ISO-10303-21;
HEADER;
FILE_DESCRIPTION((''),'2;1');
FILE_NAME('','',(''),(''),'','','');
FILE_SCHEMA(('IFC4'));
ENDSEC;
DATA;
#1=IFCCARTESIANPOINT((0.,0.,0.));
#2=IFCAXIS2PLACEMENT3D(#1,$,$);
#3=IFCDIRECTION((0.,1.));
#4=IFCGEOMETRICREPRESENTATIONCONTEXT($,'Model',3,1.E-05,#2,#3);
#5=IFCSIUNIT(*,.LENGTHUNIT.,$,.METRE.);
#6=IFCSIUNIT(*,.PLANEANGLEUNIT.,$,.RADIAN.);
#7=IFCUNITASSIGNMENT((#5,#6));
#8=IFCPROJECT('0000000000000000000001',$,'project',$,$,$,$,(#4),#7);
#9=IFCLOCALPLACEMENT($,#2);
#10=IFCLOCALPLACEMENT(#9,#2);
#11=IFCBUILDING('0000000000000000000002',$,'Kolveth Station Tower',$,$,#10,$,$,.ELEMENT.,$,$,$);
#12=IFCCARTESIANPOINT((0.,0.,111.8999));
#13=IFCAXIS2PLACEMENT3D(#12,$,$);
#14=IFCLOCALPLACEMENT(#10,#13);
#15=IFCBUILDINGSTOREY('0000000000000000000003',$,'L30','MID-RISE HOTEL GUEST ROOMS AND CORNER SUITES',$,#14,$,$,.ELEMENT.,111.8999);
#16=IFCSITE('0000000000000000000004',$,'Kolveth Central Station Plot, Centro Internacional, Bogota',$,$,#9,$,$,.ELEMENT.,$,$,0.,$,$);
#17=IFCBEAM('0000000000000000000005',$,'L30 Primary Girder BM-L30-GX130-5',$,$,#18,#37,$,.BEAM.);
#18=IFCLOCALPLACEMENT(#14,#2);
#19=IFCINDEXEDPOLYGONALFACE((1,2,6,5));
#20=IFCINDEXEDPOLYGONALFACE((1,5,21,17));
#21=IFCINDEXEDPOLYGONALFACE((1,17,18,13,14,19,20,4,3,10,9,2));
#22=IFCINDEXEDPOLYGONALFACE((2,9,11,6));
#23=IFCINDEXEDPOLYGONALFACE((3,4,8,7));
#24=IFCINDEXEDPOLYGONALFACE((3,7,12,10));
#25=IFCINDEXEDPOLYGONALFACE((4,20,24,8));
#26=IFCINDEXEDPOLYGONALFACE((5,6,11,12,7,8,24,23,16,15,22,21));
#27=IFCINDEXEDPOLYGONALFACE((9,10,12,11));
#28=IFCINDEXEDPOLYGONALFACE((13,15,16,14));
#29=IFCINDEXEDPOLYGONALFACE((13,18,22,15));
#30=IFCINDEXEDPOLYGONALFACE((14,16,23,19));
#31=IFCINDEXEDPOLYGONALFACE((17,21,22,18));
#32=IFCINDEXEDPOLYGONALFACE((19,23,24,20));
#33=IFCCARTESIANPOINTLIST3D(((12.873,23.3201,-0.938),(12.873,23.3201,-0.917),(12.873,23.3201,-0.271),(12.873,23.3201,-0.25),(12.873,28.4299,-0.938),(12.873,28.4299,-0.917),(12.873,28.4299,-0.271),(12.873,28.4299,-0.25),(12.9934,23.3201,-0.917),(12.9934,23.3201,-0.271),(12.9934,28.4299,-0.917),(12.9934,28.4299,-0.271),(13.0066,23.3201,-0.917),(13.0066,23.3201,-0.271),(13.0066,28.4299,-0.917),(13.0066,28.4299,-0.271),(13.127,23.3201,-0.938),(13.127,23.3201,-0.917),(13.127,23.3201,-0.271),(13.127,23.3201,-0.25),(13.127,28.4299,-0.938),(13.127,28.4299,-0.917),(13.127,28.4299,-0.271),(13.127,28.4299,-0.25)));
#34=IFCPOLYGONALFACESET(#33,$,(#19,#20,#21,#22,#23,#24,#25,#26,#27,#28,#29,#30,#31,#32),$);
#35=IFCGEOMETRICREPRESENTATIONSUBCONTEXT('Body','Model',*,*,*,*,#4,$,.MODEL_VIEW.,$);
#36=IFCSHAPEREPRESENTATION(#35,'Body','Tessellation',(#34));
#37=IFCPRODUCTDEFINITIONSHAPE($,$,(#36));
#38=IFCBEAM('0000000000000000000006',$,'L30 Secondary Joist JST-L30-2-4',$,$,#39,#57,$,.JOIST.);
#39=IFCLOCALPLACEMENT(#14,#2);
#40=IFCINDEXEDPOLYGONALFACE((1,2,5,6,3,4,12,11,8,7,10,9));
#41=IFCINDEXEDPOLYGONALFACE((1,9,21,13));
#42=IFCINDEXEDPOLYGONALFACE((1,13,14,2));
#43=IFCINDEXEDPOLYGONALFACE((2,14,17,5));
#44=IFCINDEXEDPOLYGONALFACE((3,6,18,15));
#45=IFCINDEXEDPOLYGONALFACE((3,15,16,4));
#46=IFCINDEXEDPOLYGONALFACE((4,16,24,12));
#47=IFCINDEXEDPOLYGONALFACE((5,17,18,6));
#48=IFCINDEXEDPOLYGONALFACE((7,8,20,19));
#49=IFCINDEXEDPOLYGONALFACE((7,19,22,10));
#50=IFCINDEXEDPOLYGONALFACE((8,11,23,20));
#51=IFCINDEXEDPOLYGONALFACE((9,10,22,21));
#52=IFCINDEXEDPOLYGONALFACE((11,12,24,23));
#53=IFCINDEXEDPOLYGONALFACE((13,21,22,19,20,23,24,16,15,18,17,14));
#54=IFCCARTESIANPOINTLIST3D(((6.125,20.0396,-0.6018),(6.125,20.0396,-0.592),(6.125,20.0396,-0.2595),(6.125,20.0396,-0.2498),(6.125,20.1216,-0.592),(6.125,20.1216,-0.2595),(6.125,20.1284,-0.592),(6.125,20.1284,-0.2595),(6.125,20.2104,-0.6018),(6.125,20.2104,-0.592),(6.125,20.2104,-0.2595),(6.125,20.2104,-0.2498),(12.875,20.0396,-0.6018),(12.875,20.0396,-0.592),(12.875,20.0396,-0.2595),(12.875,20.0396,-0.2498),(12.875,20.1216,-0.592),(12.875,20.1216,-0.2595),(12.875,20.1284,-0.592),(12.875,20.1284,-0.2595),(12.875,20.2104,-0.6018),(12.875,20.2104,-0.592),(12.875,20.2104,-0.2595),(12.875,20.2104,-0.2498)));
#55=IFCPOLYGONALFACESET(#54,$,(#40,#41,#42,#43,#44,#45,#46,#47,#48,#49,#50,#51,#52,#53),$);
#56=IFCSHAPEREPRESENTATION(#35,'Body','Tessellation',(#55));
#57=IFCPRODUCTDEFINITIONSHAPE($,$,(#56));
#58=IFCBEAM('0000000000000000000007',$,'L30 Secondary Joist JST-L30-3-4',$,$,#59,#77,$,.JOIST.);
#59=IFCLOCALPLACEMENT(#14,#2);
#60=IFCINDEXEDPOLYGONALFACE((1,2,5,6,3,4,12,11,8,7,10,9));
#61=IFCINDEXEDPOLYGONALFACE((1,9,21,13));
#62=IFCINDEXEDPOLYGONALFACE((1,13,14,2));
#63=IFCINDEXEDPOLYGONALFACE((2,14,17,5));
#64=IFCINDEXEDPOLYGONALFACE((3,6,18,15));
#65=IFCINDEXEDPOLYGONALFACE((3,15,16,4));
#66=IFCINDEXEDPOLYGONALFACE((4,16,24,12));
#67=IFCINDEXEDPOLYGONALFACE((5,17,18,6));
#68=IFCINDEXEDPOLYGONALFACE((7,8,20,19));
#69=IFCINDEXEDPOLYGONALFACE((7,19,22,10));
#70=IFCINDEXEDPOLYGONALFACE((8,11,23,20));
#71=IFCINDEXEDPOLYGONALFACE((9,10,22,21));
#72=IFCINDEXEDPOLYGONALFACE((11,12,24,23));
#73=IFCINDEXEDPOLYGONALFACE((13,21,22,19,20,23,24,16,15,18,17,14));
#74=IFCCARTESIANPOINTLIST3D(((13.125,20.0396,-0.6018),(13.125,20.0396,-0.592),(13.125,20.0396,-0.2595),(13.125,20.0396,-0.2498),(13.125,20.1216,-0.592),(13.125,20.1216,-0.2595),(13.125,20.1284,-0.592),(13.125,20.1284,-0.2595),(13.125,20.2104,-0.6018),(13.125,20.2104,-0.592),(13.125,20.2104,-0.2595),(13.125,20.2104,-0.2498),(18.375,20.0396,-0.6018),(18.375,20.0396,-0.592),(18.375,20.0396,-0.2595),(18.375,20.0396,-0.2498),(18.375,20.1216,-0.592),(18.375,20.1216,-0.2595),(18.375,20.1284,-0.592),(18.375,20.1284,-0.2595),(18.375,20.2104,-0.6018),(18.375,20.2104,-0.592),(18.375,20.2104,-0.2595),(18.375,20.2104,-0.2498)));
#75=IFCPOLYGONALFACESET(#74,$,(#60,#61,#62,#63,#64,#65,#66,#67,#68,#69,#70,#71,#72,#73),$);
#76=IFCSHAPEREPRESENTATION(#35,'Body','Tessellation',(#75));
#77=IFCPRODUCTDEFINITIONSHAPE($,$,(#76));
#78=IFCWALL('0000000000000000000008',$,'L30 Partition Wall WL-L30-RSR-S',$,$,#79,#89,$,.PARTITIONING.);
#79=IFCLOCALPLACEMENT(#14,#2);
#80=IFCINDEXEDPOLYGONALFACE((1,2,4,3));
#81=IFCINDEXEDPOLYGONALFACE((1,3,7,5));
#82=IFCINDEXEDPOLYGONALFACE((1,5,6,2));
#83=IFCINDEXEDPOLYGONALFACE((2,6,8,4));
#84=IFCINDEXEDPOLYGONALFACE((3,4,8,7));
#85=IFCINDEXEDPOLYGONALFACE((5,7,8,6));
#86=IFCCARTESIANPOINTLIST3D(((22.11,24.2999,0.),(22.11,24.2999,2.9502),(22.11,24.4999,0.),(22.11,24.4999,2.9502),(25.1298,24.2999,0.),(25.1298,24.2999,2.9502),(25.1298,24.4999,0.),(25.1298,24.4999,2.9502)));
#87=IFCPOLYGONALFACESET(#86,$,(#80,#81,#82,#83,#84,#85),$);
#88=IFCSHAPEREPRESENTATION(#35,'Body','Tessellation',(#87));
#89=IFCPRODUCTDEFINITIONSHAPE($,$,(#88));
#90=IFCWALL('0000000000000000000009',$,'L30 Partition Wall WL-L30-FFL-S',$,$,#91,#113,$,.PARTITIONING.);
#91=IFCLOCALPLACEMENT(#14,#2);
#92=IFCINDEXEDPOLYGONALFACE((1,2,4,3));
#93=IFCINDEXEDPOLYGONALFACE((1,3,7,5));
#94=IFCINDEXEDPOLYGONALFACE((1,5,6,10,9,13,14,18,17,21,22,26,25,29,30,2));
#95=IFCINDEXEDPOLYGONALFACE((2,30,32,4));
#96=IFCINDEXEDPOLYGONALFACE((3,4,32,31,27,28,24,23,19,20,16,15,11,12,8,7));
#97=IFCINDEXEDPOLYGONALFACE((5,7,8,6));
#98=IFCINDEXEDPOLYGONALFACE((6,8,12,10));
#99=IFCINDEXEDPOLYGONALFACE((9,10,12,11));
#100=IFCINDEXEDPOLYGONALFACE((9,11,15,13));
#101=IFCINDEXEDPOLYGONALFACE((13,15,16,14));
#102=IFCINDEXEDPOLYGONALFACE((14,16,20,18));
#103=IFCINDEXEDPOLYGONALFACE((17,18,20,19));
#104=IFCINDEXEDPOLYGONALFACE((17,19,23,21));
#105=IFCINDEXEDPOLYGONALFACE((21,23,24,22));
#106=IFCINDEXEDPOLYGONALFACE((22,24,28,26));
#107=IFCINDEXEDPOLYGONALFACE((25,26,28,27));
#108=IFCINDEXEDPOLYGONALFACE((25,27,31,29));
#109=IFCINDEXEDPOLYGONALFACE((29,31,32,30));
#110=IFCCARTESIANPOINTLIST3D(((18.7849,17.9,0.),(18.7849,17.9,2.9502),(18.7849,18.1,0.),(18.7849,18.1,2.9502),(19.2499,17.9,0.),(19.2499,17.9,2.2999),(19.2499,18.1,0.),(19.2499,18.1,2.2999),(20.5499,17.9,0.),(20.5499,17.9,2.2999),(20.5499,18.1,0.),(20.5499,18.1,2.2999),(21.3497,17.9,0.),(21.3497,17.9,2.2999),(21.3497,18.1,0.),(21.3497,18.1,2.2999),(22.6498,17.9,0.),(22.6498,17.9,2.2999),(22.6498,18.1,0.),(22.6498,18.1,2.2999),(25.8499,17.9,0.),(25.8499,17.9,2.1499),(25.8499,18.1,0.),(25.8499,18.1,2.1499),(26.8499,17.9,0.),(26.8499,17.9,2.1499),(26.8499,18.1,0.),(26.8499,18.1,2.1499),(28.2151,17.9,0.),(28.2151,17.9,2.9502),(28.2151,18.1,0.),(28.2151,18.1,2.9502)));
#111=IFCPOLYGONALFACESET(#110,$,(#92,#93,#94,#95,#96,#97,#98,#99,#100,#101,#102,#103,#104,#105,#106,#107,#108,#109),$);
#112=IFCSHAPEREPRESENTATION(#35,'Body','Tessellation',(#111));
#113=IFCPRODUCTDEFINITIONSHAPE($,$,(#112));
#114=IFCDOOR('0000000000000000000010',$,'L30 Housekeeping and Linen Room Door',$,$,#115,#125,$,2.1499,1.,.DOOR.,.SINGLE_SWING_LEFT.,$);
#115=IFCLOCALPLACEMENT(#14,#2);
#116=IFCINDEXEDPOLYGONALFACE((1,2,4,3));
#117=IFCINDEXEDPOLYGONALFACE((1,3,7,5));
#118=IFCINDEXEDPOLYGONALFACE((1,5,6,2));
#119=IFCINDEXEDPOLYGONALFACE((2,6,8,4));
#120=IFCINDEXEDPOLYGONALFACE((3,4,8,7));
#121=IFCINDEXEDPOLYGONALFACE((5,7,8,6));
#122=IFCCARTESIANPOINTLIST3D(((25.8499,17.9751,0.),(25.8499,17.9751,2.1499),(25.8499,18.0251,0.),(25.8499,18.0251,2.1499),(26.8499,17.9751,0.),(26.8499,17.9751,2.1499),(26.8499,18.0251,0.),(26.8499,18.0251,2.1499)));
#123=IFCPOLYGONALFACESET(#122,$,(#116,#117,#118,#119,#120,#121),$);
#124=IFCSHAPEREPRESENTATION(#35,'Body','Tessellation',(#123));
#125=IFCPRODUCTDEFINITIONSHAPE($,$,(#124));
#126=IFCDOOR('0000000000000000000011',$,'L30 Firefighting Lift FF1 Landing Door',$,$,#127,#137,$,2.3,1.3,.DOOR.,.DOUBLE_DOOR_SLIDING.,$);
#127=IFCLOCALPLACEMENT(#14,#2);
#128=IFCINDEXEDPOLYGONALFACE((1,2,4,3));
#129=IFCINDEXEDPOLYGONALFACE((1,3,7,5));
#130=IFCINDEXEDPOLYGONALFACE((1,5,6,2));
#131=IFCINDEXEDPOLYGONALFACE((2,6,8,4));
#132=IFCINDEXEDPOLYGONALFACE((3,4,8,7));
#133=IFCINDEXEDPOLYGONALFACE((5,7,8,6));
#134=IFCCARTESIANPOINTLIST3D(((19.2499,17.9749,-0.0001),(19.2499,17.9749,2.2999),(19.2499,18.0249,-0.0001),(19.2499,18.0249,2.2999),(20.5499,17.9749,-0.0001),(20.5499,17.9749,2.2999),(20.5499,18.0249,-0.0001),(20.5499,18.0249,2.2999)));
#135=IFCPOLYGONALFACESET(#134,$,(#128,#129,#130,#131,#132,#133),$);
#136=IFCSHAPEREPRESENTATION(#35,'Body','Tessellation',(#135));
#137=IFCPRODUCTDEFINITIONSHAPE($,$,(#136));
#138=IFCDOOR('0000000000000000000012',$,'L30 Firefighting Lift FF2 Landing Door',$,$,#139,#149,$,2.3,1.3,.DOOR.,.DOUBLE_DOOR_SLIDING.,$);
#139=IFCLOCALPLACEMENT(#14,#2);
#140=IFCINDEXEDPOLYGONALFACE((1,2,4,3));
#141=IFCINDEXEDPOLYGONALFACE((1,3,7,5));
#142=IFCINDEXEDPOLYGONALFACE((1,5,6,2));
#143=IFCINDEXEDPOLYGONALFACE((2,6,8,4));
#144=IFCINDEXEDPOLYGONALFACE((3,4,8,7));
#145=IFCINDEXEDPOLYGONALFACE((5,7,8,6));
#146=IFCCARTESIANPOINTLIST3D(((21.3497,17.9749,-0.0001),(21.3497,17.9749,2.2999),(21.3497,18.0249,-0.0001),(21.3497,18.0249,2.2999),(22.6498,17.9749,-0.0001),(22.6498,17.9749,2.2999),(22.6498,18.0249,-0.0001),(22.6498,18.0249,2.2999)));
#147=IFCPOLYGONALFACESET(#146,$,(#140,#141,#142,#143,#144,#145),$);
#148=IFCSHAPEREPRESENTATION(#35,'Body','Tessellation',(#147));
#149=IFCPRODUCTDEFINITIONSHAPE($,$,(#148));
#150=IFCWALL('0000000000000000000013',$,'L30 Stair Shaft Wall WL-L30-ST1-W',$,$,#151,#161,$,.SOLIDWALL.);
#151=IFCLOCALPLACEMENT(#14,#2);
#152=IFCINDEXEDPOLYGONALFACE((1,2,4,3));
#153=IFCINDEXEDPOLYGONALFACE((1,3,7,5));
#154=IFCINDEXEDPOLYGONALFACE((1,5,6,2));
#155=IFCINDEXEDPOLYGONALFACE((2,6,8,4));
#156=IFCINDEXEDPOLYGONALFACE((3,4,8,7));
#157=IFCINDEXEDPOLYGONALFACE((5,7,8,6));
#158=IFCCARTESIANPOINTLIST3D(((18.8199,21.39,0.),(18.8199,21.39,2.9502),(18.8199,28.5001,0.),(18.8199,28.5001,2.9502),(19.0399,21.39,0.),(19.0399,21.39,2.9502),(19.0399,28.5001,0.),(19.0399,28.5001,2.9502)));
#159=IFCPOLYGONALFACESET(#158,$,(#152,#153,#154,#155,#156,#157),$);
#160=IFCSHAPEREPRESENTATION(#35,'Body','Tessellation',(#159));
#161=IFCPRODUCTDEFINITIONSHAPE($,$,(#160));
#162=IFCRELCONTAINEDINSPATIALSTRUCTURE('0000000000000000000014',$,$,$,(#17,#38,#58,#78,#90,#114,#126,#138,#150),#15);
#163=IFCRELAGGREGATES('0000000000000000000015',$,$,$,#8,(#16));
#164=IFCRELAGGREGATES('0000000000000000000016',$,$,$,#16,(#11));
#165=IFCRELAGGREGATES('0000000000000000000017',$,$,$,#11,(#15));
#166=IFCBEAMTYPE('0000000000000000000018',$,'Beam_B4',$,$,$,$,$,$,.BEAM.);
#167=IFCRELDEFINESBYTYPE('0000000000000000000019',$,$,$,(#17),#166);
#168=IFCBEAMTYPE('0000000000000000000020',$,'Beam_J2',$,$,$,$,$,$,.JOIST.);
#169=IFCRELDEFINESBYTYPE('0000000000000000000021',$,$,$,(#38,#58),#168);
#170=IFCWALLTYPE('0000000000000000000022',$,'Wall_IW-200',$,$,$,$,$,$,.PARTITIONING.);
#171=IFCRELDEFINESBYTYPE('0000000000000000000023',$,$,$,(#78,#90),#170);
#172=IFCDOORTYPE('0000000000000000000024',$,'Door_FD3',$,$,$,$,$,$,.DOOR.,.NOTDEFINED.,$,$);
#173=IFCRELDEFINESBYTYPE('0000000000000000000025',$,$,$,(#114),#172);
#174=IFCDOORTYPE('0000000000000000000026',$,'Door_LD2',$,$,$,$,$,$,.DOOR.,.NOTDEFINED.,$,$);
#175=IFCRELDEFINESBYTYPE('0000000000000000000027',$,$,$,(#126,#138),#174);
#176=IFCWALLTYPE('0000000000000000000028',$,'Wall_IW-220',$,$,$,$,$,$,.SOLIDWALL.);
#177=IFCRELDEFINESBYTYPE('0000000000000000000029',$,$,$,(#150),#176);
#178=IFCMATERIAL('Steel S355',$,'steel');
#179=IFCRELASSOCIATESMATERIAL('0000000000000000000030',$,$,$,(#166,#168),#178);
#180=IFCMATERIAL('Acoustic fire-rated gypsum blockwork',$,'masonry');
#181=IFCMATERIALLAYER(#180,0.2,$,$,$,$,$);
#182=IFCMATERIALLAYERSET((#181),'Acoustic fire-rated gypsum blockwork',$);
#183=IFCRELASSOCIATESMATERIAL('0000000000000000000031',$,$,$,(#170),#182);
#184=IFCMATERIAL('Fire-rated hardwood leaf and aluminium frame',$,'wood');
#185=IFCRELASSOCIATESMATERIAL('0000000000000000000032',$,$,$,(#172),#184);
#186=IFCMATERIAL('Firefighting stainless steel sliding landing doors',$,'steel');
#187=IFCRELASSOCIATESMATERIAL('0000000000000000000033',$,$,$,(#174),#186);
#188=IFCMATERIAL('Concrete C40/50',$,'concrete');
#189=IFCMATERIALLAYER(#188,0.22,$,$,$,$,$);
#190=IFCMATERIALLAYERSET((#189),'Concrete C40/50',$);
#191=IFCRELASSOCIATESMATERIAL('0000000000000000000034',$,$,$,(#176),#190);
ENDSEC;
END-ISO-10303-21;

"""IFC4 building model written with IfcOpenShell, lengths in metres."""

from ifc_helpers import new_model, si_unit, direction, frame, frame_2d, origin, origin_2d, place, context, subcontext, project, spatial, rectangle, i_section, extrude, source, transform, mapped, material, layer, layer_set, material_profile, profile_set, type_object, element, fill, save


model = new_model("IFC4")

# Units and contexts
model_context = context("Model", 3, precision=1e-05, world=origin(), true_north=direction((0.0, 1.0)))
body_context = subcontext(model_context, "Body", "Model", "MODEL_VIEW")
ifc_project = project(units=[si_unit("LENGTHUNIT", "METRE"), si_unit("PLANEANGLEUNIT", "RADIAN")], contexts=[model_context])

# Site, building, storey
site_placement = place(None, origin())
site = spatial("IfcSite", under=ifc_project, at=site_placement, Name="Kolveth Central Station Plot, Centro Internacional, Bogota", CompositionType="ELEMENT", RefElevation=0.0)
building_placement = place(site_placement, origin())
building = spatial("IfcBuilding", under=site, at=building_placement, Name="Kolveth Station Tower", CompositionType="ELEMENT")
storey_placement = place(building_placement, frame((0.0, 0.0, 111.8999)))
storey = spatial("IfcBuildingStorey", under=building, at=storey_placement, Name="L30", Description="MID-RISE HOTEL GUEST ROOMS AND CORNER SUITES", CompositionType="ELEMENT", Elevation=111.8999)

# Shared definitions
ifc_material_1 = material(Name="Steel S355", Category="steel")

# Beams
ifc_material_profile_1 = material_profile(ifc_material_1, i_section(OverallWidth=0.2539, OverallDepth=0.688, WebThickness=0.0132, FlangeThickness=0.021, at=origin_2d()), Name="W690x152")
ifc_profile_set_1 = profile_set([ifc_material_profile_1], Name="Steel S355")
beam_type_1 = type_object("IfcBeamType", Name="Beam_B4", PredefinedType="BEAM", material=ifc_profile_set_1)
shared_shape_1 = source(origin(), body_context, "Body", "SweptSolid", [
    extrude(i_section(OverallWidth=0.2539, OverallDepth=0.688, WebThickness=0.0132, FlangeThickness=0.021, at=origin_2d()), origin(), (0.0, 0.0, 1.0), 5.1099),
])
for number, where, z_axis, x_axis, name in (
    (1, (13.0, 23.3201, -0.594), (0.0, 1.0, 0.0), (-1.0, 0.0, 0.0), "L30 Primary Girder BM-L30-GX130-5"),
):
    element("IfcBeam", number, at=place(storey_placement, frame(where, z_axis=z_axis, x_axis=x_axis)), inside=storey, type_object=beam_type_1, Name=name, PredefinedType="BEAM", context=body_context, shape_type="MappedRepresentation", body=[
        mapped(shared_shape_1, transform((0.0, 0.0, 0.0), x_axis=(1.0, 0.0, 0.0), y_axis=(0.0, 1.0, 0.0), z_axis=(0.0, 0.0, 1.0), scale=1.0)),
    ])
ifc_material_profile_2 = material_profile(ifc_material_1, i_section(OverallWidth=0.1709, OverallDepth=0.3521, WebThickness=0.0068, FlangeThickness=0.0098, at=origin_2d()), Name="W360x44")
ifc_profile_set_2 = profile_set([ifc_material_profile_2], Name="Steel S355")
beam_type_2 = type_object("IfcBeamType", Name="Beam_J2", PredefinedType="JOIST", material=ifc_profile_set_2)
shared_shape_2 = source(origin(), body_context, "Body", "SweptSolid", [
    extrude(i_section(OverallWidth=0.1709, OverallDepth=0.3521, WebThickness=0.0068, FlangeThickness=0.0098, at=origin_2d()), origin(), (0.0, 0.0, 1.0), 6.75),
])
beam_1_placement = place(storey_placement, frame((6.125, 20.125, -0.4258), z_axis=(1.0, 0.0, 0.0), x_axis=(0.0, 1.0, 0.0)))
element("IfcBeam", 2, at=beam_1_placement, inside=storey, type_object=beam_type_2, Name="L30 Secondary Joist JST-L30-2-4", PredefinedType="JOIST", context=body_context, shape_type="MappedRepresentation", body=[
    mapped(shared_shape_2, transform((0.0, 0.0, 0.0), x_axis=(1.0, 0.0, 0.0), y_axis=(0.0, 1.0, 0.0), z_axis=(0.0, 0.0, 1.0), scale=1.0)),
])
shared_shape_3 = source(origin(), body_context, "Body", "SweptSolid", [
    extrude(i_section(OverallWidth=0.1709, OverallDepth=0.3521, WebThickness=0.0068, FlangeThickness=0.0098, at=origin_2d()), origin(), (0.0, 0.0, 1.0), 5.25),
])
beam_2_placement = place(storey_placement, frame((13.125, 20.125, -0.4258), z_axis=(1.0, 0.0, 0.0), x_axis=(0.0, 1.0, 0.0)))
element("IfcBeam", 3, at=beam_2_placement, inside=storey, type_object=beam_type_2, Name="L30 Secondary Joist JST-L30-3-4", PredefinedType="JOIST", context=body_context, shape_type="MappedRepresentation", body=[
    mapped(shared_shape_3, transform((0.0, 0.0, 0.0), x_axis=(1.0, 0.0, 0.0), y_axis=(0.0, 1.0, 0.0), z_axis=(0.0, 0.0, 1.0), scale=1.0)),
])

# Wall
ifc_material_2 = material(Name="Acoustic fire-rated gypsum blockwork", Category="masonry")
ifc_layer_1 = layer(ifc_material_2, 0.2)
ifc_layer_set_1 = layer_set([ifc_layer_1], Name="Acoustic fire-rated gypsum blockwork")
wall_type_1 = type_object("IfcWallType", Name="Wall_IW-200", PredefinedType="PARTITIONING", material=ifc_layer_set_1)
wall_1_placement = place(storey_placement, frame((22.1101, 24.3999, 0.0), z_axis=(0.0, 0.0, 1.0), x_axis=(1.0, 0.0, 0.0)))
element("IfcWall", 4, at=wall_1_placement, inside=storey, type_object=wall_type_1, Name="L30 Partition Wall WL-L30-RSR-S", PredefinedType="PARTITIONING", context=body_context, shape_type="SweptSolid", body=[
    extrude(rectangle(XDim=3.0198, YDim=0.2, at=frame_2d((1.5098, 0.0))), origin(), (0.0, 0.0, 1.0), 2.9502),
])

# Wall, openings, doors
wall_2_placement = place(storey_placement, frame((18.7849, 18.0, 0.0), z_axis=(0.0, 0.0, 1.0), x_axis=(1.0, 0.0, 0.0)))
wall_2 = element("IfcWall", 5, at=wall_2_placement, inside=storey, type_object=wall_type_1, Name="L30 Partition Wall WL-L30-FFL-S", PredefinedType="PARTITIONING", context=body_context, shape_type="SweptSolid", body=[
    extrude(rectangle(XDim=9.4302, YDim=0.2, at=frame_2d((4.7151, 0.0))), origin(), (0.0, 0.0, 1.0), 2.9502),
])
opening_1_placement = place(wall_2_placement, frame((0.4651, 0.0, 0.0)))
opening_1 = element("IfcOpeningElement", 6, at=opening_1_placement, cuts=wall_2, PredefinedType="OPENING", context=body_context, shape_type="SweptSolid", body=[
    extrude(rectangle(XDim=1.3, YDim=2.3, at=frame_2d((0.6499, 1.1499))), frame((0.0, 0.1099, 0.0), z_axis=(0.0, -1.0, 0.0), x_axis=(1.0, 0.0, 0.0)), (0.0, 0.0, 1.0), 0.22),
])
opening_2_placement = place(wall_2_placement, frame((2.5649, 0.0, 0.0)))
opening_2 = element("IfcOpeningElement", 7, at=opening_2_placement, cuts=wall_2, PredefinedType="OPENING", context=body_context, shape_type="SweptSolid", body=[
    extrude(rectangle(XDim=1.3, YDim=2.3, at=frame_2d((0.6499, 1.1499))), frame((0.0, 0.1099, 0.0), z_axis=(0.0, -1.0, 0.0), x_axis=(1.0, 0.0, 0.0)), (0.0, 0.0, 1.0), 0.22),
])
opening_3_placement = place(wall_2_placement, frame((7.0649, 0.0, 0.0)))
opening_3 = element("IfcOpeningElement", 8, at=opening_3_placement, cuts=wall_2, PredefinedType="OPENING", context=body_context, shape_type="SweptSolid", body=[
    extrude(rectangle(XDim=1.0, YDim=2.1499, at=frame_2d((0.5, 1.075))), frame((0.0, 0.1099, 0.0), z_axis=(0.0, -1.0, 0.0), x_axis=(1.0, 0.0, 0.0)), (0.0, 0.0, 1.0), 0.22),
])
ifc_material_3 = material(Name="Fire-rated hardwood leaf and aluminium frame", Category="wood")
door_type_1 = type_object("IfcDoorType", Name="Door_FD3", OperationType="NOTDEFINED", PredefinedType="DOOR", material=ifc_material_3)
door_1_placement = place(opening_3_placement, frame((1.0, 0.0, 0.0), z_axis=(0.0, 0.0, 1.0), x_axis=(-1.0, 0.0, 0.0)))
door_1 = element("IfcDoor", 9, at=door_1_placement, inside=storey, type_object=door_type_1, Name="L30 Housekeeping and Linen Room Door", OperationType="SINGLE_SWING_LEFT", OverallHeight=2.1499, OverallWidth=1.0, PredefinedType="DOOR", context=body_context, shape_type="SweptSolid", body=[
    extrude(rectangle(XDim=1.0, YDim=2.1499, at=frame_2d((0.5, 1.075))), frame((0.0, 0.0249, 0.0), z_axis=(0.0, -1.0, 0.0), x_axis=(1.0, 0.0, 0.0)), (0.0, 0.0, 1.0), 0.05),
])
fill(opening_3, door_1)
ifc_material_4 = material(Name="Firefighting stainless steel sliding landing doors", Category="steel")
door_type_2 = type_object("IfcDoorType", Name="Door_LD2", OperationType="NOTDEFINED", PredefinedType="DOOR", material=ifc_material_4)
door_2_placement = place(opening_1_placement, origin())
door_2 = element("IfcDoor", 10, at=door_2_placement, inside=storey, type_object=door_type_2, Name="L30 Firefighting Lift FF1 Landing Door", OperationType="DOUBLE_DOOR_SLIDING", OverallHeight=2.3, OverallWidth=1.3, PredefinedType="DOOR", context=body_context, shape_type="SweptSolid", body=[
    extrude(rectangle(XDim=1.3, YDim=2.3, at=frame_2d((0.6499, 1.1499))), frame((0.0, 0.0249, 0.0), z_axis=(0.0, -1.0, 0.0), x_axis=(1.0, 0.0, 0.0)), (0.0, 0.0, 1.0), 0.05),
])
fill(opening_1, door_2)
door_3_placement = place(opening_2_placement, origin())
door_3 = element("IfcDoor", 11, at=door_3_placement, inside=storey, type_object=door_type_2, Name="L30 Firefighting Lift FF2 Landing Door", OperationType="DOUBLE_DOOR_SLIDING", OverallHeight=2.3, OverallWidth=1.3, PredefinedType="DOOR", context=body_context, shape_type="SweptSolid", body=[
    extrude(rectangle(XDim=1.3, YDim=2.3, at=frame_2d((0.6499, 1.1499))), frame((0.0, 0.0249, 0.0), z_axis=(0.0, -1.0, 0.0), x_axis=(1.0, 0.0, 0.0)), (0.0, 0.0, 1.0), 0.05),
])
fill(opening_2, door_3)

# Wall
ifc_material_5 = material(Name="Concrete C40/50", Category="concrete")
ifc_layer_2 = layer(ifc_material_5, 0.22)
ifc_layer_set_2 = layer_set([ifc_layer_2], Name="Concrete C40/50")
wall_type_2 = type_object("IfcWallType", Name="Wall_IW-220", PredefinedType="SOLIDWALL", material=ifc_layer_set_2)
for number, where, z_axis, x_axis, name in (
    (12, (18.9299, 21.3899, 0.0), (0.0, 0.0, 1.0), (0.0, 1.0, 0.0), "L30 Stair Shaft Wall WL-L30-ST1-W"),
):
    element("IfcWall", number, at=place(storey_placement, frame(where, z_axis=z_axis, x_axis=x_axis)), inside=storey, type_object=wall_type_2, Name=name, PredefinedType="SOLIDWALL", context=body_context, shape_type="SweptSolid", body=[
        extrude(rectangle(XDim=7.1101, YDim=0.22, at=frame_2d((3.5552, 0.0))), origin(), (0.0, 0.0, 1.0), 2.9502),
    ])

save(model, "model.ifc")
